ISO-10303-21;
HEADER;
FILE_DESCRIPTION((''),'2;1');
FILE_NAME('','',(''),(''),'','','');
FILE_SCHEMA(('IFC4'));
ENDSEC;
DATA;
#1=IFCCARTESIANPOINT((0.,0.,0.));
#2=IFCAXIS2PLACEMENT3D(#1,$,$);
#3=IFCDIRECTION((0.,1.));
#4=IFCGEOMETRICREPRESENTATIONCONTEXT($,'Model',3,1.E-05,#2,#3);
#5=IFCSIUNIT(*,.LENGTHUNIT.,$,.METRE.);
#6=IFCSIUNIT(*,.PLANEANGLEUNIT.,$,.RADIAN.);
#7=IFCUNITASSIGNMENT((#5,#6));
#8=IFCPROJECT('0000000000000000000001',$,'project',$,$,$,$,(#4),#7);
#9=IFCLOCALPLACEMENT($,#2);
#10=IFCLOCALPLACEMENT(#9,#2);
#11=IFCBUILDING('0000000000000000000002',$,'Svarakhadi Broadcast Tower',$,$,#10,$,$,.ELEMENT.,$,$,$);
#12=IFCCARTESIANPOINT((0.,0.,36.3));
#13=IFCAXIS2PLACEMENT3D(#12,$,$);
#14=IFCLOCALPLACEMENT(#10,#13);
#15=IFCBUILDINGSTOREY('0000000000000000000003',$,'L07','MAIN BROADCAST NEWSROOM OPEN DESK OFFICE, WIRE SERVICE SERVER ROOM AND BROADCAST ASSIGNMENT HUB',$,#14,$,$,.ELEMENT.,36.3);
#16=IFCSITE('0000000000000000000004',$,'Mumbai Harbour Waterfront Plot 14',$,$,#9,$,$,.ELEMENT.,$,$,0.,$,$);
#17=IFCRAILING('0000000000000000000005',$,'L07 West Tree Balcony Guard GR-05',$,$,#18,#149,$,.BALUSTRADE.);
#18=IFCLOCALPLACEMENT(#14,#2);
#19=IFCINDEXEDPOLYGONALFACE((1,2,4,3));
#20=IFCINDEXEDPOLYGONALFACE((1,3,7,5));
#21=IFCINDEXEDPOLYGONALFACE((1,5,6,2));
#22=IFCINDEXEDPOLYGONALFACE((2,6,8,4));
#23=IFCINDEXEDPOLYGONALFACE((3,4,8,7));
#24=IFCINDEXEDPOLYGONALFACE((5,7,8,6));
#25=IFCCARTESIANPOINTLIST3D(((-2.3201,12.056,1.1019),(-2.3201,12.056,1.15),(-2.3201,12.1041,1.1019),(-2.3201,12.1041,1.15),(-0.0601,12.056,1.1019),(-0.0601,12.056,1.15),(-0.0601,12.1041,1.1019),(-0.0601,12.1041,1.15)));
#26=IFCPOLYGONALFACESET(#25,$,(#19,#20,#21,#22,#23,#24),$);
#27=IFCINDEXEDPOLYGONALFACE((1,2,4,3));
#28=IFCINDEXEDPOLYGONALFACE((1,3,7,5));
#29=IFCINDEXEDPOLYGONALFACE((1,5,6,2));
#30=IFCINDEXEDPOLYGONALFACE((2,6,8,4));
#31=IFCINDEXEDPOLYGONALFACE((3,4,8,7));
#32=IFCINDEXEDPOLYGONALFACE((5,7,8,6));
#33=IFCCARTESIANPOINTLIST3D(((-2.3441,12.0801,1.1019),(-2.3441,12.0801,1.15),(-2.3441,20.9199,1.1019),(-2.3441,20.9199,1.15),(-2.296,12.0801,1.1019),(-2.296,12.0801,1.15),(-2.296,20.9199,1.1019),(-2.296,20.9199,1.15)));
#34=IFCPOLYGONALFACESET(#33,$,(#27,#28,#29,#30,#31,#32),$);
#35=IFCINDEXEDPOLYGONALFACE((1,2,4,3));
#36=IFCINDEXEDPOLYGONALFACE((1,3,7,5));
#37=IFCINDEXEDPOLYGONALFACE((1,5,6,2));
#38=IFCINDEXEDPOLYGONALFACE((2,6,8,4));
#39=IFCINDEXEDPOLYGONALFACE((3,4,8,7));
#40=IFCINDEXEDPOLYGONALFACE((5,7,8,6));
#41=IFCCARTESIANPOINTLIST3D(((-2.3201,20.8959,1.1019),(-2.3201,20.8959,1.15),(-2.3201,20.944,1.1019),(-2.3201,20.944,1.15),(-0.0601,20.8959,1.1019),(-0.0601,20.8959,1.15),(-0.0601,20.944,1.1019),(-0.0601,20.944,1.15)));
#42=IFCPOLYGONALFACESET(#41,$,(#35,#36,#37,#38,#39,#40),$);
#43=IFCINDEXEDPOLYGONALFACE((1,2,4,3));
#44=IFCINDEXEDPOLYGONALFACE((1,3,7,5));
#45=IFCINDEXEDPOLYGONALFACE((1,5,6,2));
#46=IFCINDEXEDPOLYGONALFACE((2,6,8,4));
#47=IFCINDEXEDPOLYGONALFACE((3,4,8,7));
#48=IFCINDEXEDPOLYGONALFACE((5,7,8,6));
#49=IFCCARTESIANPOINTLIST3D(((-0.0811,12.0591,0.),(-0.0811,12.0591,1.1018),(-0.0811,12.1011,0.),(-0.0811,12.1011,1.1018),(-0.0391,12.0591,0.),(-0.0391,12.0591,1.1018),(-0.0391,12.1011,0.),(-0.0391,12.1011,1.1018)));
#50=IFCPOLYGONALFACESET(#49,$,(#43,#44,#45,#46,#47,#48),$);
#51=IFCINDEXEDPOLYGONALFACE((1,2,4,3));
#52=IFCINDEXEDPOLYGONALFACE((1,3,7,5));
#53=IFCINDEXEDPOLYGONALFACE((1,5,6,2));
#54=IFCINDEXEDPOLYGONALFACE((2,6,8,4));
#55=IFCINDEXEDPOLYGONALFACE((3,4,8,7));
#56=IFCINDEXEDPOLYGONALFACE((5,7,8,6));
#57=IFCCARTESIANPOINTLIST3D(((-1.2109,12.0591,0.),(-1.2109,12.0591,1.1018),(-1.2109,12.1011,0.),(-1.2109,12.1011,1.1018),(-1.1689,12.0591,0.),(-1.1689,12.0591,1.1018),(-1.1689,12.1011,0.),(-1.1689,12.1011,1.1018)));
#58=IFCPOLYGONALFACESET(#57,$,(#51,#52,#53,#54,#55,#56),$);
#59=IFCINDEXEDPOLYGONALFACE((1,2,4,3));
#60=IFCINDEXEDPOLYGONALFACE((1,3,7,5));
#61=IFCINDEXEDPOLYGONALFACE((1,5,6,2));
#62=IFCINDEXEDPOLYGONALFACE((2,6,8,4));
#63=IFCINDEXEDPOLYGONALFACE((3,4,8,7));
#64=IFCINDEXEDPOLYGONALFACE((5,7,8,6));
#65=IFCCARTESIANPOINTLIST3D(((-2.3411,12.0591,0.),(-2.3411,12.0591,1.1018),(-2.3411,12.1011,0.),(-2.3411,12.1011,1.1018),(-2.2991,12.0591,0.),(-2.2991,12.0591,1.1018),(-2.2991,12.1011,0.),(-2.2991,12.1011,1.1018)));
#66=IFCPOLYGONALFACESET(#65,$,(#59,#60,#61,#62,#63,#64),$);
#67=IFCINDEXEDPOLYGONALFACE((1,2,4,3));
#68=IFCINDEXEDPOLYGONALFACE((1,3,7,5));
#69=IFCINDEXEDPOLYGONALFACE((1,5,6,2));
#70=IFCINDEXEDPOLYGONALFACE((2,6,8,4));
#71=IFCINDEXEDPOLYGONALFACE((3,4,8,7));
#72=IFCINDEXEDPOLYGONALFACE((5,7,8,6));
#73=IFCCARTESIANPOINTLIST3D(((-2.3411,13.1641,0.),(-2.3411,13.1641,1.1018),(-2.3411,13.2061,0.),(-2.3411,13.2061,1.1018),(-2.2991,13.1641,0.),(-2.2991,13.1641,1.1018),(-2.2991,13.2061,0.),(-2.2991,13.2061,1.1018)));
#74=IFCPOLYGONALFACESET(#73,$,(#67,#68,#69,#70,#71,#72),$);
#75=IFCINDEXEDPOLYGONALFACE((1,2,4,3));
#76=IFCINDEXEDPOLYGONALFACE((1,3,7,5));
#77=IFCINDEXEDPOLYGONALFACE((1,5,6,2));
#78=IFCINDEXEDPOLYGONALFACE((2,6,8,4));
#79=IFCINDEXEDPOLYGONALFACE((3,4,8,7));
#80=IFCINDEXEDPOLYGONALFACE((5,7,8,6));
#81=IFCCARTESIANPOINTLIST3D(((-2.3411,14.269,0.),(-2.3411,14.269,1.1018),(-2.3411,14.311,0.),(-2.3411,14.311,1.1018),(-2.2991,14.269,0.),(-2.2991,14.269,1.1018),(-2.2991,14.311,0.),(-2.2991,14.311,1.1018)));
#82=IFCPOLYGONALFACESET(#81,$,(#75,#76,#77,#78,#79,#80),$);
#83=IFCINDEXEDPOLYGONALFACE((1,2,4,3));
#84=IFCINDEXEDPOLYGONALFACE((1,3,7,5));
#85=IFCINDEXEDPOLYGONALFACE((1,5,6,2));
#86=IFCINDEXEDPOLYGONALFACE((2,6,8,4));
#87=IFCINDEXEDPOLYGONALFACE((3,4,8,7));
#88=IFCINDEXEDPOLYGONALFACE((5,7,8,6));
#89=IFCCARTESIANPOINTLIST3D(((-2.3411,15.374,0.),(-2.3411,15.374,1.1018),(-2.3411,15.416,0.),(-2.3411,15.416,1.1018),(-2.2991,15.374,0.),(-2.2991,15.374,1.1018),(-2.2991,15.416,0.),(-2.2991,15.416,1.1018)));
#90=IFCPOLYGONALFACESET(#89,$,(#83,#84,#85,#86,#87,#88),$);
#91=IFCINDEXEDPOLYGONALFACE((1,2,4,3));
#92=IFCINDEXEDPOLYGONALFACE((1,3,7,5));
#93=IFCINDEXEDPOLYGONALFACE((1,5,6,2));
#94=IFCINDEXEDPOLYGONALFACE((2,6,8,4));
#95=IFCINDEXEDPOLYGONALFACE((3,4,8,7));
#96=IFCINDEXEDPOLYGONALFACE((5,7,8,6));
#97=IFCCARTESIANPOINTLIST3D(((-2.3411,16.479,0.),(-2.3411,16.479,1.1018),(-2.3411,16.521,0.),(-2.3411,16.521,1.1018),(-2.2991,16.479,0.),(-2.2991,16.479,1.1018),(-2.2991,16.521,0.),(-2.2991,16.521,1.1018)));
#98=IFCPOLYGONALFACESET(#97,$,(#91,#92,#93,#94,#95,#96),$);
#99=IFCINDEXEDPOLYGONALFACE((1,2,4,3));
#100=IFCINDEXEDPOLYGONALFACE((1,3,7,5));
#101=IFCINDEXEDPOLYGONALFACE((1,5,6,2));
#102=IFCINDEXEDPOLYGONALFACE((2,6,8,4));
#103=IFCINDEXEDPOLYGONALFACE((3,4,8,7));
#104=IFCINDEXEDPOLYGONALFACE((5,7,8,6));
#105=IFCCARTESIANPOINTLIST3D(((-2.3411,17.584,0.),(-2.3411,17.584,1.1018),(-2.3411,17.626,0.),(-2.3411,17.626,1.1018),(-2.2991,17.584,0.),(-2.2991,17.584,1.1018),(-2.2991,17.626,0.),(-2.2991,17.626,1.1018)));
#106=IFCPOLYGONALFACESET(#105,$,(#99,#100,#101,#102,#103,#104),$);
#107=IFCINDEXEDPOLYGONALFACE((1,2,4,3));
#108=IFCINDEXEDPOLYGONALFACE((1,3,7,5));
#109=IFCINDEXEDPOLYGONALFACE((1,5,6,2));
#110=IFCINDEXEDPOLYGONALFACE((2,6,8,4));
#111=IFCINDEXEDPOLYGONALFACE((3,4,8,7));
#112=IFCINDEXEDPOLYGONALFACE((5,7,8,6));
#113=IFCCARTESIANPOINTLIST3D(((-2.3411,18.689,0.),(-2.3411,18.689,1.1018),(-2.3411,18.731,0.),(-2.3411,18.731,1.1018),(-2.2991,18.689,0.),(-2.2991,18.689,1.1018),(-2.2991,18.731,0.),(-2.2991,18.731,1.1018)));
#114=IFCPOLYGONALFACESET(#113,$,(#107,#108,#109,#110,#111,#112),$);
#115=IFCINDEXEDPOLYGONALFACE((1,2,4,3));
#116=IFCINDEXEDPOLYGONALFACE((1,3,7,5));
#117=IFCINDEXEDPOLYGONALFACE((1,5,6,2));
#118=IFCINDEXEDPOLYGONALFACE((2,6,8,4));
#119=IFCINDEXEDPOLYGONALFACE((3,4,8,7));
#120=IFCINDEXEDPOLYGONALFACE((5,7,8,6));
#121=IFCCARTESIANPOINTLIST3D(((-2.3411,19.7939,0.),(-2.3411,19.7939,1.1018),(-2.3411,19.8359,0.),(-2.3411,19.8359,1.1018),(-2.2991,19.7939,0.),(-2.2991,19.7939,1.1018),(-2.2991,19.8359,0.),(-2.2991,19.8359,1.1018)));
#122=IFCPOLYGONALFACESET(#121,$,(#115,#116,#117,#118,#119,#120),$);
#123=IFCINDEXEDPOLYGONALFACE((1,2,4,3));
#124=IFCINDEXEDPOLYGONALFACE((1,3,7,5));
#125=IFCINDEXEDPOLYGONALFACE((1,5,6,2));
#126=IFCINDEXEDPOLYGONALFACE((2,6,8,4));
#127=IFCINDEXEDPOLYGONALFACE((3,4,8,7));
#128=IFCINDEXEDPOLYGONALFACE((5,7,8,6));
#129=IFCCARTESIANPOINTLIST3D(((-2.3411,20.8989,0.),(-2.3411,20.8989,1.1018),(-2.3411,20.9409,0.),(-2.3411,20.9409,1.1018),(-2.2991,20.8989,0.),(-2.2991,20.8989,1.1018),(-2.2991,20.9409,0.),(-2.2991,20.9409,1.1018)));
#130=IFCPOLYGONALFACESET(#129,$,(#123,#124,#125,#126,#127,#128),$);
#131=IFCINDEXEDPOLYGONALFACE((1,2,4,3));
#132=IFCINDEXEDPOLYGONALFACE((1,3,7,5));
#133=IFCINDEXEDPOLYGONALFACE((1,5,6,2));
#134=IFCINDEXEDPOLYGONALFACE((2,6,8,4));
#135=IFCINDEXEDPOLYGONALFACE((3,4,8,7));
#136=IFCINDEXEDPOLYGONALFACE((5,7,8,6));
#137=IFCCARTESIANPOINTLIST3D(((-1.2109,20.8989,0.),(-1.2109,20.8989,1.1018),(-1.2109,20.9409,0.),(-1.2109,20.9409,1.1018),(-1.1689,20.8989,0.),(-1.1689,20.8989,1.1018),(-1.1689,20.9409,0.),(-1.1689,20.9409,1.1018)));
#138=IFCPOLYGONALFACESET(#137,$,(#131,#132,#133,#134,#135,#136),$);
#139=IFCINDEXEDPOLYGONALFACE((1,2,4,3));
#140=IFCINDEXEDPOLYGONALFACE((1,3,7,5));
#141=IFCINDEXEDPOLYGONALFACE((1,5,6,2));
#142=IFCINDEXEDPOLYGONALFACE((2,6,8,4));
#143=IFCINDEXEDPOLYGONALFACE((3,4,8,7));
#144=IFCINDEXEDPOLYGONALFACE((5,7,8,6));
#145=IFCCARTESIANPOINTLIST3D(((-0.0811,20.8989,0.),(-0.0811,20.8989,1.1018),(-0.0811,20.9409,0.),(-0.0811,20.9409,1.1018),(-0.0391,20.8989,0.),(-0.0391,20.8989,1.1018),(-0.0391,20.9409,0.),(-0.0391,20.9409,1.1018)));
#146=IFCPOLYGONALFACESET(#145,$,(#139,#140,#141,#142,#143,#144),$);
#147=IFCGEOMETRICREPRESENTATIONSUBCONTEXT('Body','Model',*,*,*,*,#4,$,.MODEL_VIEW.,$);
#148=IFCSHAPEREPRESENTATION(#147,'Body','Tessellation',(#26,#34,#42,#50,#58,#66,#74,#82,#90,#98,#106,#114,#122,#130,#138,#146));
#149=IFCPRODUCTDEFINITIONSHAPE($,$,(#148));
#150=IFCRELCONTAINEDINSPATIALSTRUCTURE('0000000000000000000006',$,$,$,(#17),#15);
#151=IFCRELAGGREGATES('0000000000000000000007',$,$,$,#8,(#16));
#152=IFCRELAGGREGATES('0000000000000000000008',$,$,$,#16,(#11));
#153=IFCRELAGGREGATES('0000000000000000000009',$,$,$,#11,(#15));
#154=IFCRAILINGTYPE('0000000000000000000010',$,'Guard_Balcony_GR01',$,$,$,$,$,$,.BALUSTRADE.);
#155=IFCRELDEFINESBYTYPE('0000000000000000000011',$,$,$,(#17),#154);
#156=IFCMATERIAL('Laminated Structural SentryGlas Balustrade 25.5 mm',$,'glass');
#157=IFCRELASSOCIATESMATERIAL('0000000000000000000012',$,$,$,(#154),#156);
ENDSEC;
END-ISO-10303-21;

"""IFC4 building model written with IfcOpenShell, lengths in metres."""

from ifc_helpers import new_model, si_unit, direction, frame, origin, origin_2d, place, context, subcontext, project, spatial, rectangle, extrude, material, type_object, element, save


model = new_model("IFC4")

# Units and contexts
model_context = context("Model", 3, precision=1e-05, world=origin(), true_north=direction((0.0, 1.0)))
body_context = subcontext(model_context, "Body", "Model", "MODEL_VIEW")
ifc_project = project(units=[si_unit("LENGTHUNIT", "METRE"), si_unit("PLANEANGLEUNIT", "RADIAN")], contexts=[model_context])

# Site, building, storey
site_placement = place(None, origin())
site = spatial("IfcSite", under=ifc_project, at=site_placement, Name="Mumbai Harbour Waterfront Plot 14", CompositionType="ELEMENT", RefElevation=0.0)
building_placement = place(site_placement, origin())
building = spatial("IfcBuilding", under=site, at=building_placement, Name="Svarakhadi Broadcast Tower", CompositionType="ELEMENT")
storey_placement = place(building_placement, frame((0.0, 0.0, 36.3)))
storey = spatial("IfcBuildingStorey", under=building, at=storey_placement, Name="L07", Description="MAIN BROADCAST NEWSROOM OPEN DESK OFFICE, WIRE SERVICE SERVER ROOM AND BROADCAST ASSIGNMENT HUB", CompositionType="ELEMENT", Elevation=36.3)

# Railing
ifc_material_1 = material(Name="Laminated Structural SentryGlas Balustrade 25.5 mm", Category="glass")
railing_type = type_object("IfcRailingType", Name="Guard_Balcony_GR01", PredefinedType="BALUSTRADE", material=ifc_material_1)
railing_placement = place(storey_placement, frame((-0.0601, 12.0801, 0.0)))
element("IfcRailing", 1, at=railing_placement, inside=storey, type_object=railing_type, Name="L07 West Tree Balcony Guard GR-05", PredefinedType="BALUSTRADE", context=body_context, shape_type="SweptSolid", body=[
    extrude(rectangle(XDim=0.0481, YDim=0.0481, at=origin_2d()), frame((0.0, 0.0, 1.126), z_axis=(-1.0, 0.0, 0.0), x_axis=(0.0, -1.0, 0.0)), (0.0, 0.0, 1.0), 2.26),
    extrude(rectangle(XDim=0.0481, YDim=0.0481, at=origin_2d()), frame((-2.26, 0.0, 1.126), z_axis=(0.0, 1.0, 0.0), x_axis=(-1.0, 0.0, 0.0)), (0.0, 0.0, 1.0), 8.8398),
    extrude(rectangle(XDim=0.0481, YDim=0.0481, at=origin_2d()), frame((-2.26, 8.8398, 1.126), z_axis=(1.0, 0.0, 0.0), x_axis=(0.0, 1.0, 0.0)), (0.0, 0.0, 1.0), 2.26),
    extrude(rectangle(XDim=0.042, YDim=0.042, at=origin_2d()), origin(), (0.0, 0.0, 1.0), 1.1018),
    extrude(rectangle(XDim=0.042, YDim=0.042, at=origin_2d()), frame((-1.1299, 0.0, 0.0)), (0.0, 0.0, 1.0), 1.1018),
    extrude(rectangle(XDim=0.042, YDim=0.042, at=origin_2d()), frame((-2.26, 0.0, 0.0)), (0.0, 0.0, 1.0), 1.1018),
    extrude(rectangle(XDim=0.042, YDim=0.042, at=origin_2d()), frame((-2.26, 1.105, 0.0)), (0.0, 0.0, 1.0), 1.1018),
    extrude(rectangle(XDim=0.042, YDim=0.042, at=origin_2d()), frame((-2.26, 2.21, 0.0)), (0.0, 0.0, 1.0), 1.1018),
    extrude(rectangle(XDim=0.042, YDim=0.042, at=origin_2d()), frame((-2.26, 3.3149, 0.0)), (0.0, 0.0, 1.0), 1.1018),
    extrude(rectangle(XDim=0.042, YDim=0.042, at=origin_2d()), frame((-2.26, 4.4199, 0.0)), (0.0, 0.0, 1.0), 1.1018),
    extrude(rectangle(XDim=0.042, YDim=0.042, at=origin_2d()), frame((-2.26, 5.5249, 0.0)), (0.0, 0.0, 1.0), 1.1018),
    extrude(rectangle(XDim=0.042, YDim=0.042, at=origin_2d()), frame((-2.26, 6.6299, 0.0)), (0.0, 0.0, 1.0), 1.1018),
    extrude(rectangle(XDim=0.042, YDim=0.042, at=origin_2d()), frame((-2.26, 7.7349, 0.0)), (0.0, 0.0, 1.0), 1.1018),
    extrude(rectangle(XDim=0.042, YDim=0.042, at=origin_2d()), frame((-2.26, 8.8398, 0.0)), (0.0, 0.0, 1.0), 1.1018),
    extrude(rectangle(XDim=0.042, YDim=0.042, at=origin_2d()), frame((-1.1299, 8.8398, 0.0)), (0.0, 0.0, 1.0), 1.1018),
    extrude(rectangle(XDim=0.042, YDim=0.042, at=origin_2d()), frame((0.0, 8.8398, 0.0)), (0.0, 0.0, 1.0), 1.1018),
])

save(model, "model.ifc")
